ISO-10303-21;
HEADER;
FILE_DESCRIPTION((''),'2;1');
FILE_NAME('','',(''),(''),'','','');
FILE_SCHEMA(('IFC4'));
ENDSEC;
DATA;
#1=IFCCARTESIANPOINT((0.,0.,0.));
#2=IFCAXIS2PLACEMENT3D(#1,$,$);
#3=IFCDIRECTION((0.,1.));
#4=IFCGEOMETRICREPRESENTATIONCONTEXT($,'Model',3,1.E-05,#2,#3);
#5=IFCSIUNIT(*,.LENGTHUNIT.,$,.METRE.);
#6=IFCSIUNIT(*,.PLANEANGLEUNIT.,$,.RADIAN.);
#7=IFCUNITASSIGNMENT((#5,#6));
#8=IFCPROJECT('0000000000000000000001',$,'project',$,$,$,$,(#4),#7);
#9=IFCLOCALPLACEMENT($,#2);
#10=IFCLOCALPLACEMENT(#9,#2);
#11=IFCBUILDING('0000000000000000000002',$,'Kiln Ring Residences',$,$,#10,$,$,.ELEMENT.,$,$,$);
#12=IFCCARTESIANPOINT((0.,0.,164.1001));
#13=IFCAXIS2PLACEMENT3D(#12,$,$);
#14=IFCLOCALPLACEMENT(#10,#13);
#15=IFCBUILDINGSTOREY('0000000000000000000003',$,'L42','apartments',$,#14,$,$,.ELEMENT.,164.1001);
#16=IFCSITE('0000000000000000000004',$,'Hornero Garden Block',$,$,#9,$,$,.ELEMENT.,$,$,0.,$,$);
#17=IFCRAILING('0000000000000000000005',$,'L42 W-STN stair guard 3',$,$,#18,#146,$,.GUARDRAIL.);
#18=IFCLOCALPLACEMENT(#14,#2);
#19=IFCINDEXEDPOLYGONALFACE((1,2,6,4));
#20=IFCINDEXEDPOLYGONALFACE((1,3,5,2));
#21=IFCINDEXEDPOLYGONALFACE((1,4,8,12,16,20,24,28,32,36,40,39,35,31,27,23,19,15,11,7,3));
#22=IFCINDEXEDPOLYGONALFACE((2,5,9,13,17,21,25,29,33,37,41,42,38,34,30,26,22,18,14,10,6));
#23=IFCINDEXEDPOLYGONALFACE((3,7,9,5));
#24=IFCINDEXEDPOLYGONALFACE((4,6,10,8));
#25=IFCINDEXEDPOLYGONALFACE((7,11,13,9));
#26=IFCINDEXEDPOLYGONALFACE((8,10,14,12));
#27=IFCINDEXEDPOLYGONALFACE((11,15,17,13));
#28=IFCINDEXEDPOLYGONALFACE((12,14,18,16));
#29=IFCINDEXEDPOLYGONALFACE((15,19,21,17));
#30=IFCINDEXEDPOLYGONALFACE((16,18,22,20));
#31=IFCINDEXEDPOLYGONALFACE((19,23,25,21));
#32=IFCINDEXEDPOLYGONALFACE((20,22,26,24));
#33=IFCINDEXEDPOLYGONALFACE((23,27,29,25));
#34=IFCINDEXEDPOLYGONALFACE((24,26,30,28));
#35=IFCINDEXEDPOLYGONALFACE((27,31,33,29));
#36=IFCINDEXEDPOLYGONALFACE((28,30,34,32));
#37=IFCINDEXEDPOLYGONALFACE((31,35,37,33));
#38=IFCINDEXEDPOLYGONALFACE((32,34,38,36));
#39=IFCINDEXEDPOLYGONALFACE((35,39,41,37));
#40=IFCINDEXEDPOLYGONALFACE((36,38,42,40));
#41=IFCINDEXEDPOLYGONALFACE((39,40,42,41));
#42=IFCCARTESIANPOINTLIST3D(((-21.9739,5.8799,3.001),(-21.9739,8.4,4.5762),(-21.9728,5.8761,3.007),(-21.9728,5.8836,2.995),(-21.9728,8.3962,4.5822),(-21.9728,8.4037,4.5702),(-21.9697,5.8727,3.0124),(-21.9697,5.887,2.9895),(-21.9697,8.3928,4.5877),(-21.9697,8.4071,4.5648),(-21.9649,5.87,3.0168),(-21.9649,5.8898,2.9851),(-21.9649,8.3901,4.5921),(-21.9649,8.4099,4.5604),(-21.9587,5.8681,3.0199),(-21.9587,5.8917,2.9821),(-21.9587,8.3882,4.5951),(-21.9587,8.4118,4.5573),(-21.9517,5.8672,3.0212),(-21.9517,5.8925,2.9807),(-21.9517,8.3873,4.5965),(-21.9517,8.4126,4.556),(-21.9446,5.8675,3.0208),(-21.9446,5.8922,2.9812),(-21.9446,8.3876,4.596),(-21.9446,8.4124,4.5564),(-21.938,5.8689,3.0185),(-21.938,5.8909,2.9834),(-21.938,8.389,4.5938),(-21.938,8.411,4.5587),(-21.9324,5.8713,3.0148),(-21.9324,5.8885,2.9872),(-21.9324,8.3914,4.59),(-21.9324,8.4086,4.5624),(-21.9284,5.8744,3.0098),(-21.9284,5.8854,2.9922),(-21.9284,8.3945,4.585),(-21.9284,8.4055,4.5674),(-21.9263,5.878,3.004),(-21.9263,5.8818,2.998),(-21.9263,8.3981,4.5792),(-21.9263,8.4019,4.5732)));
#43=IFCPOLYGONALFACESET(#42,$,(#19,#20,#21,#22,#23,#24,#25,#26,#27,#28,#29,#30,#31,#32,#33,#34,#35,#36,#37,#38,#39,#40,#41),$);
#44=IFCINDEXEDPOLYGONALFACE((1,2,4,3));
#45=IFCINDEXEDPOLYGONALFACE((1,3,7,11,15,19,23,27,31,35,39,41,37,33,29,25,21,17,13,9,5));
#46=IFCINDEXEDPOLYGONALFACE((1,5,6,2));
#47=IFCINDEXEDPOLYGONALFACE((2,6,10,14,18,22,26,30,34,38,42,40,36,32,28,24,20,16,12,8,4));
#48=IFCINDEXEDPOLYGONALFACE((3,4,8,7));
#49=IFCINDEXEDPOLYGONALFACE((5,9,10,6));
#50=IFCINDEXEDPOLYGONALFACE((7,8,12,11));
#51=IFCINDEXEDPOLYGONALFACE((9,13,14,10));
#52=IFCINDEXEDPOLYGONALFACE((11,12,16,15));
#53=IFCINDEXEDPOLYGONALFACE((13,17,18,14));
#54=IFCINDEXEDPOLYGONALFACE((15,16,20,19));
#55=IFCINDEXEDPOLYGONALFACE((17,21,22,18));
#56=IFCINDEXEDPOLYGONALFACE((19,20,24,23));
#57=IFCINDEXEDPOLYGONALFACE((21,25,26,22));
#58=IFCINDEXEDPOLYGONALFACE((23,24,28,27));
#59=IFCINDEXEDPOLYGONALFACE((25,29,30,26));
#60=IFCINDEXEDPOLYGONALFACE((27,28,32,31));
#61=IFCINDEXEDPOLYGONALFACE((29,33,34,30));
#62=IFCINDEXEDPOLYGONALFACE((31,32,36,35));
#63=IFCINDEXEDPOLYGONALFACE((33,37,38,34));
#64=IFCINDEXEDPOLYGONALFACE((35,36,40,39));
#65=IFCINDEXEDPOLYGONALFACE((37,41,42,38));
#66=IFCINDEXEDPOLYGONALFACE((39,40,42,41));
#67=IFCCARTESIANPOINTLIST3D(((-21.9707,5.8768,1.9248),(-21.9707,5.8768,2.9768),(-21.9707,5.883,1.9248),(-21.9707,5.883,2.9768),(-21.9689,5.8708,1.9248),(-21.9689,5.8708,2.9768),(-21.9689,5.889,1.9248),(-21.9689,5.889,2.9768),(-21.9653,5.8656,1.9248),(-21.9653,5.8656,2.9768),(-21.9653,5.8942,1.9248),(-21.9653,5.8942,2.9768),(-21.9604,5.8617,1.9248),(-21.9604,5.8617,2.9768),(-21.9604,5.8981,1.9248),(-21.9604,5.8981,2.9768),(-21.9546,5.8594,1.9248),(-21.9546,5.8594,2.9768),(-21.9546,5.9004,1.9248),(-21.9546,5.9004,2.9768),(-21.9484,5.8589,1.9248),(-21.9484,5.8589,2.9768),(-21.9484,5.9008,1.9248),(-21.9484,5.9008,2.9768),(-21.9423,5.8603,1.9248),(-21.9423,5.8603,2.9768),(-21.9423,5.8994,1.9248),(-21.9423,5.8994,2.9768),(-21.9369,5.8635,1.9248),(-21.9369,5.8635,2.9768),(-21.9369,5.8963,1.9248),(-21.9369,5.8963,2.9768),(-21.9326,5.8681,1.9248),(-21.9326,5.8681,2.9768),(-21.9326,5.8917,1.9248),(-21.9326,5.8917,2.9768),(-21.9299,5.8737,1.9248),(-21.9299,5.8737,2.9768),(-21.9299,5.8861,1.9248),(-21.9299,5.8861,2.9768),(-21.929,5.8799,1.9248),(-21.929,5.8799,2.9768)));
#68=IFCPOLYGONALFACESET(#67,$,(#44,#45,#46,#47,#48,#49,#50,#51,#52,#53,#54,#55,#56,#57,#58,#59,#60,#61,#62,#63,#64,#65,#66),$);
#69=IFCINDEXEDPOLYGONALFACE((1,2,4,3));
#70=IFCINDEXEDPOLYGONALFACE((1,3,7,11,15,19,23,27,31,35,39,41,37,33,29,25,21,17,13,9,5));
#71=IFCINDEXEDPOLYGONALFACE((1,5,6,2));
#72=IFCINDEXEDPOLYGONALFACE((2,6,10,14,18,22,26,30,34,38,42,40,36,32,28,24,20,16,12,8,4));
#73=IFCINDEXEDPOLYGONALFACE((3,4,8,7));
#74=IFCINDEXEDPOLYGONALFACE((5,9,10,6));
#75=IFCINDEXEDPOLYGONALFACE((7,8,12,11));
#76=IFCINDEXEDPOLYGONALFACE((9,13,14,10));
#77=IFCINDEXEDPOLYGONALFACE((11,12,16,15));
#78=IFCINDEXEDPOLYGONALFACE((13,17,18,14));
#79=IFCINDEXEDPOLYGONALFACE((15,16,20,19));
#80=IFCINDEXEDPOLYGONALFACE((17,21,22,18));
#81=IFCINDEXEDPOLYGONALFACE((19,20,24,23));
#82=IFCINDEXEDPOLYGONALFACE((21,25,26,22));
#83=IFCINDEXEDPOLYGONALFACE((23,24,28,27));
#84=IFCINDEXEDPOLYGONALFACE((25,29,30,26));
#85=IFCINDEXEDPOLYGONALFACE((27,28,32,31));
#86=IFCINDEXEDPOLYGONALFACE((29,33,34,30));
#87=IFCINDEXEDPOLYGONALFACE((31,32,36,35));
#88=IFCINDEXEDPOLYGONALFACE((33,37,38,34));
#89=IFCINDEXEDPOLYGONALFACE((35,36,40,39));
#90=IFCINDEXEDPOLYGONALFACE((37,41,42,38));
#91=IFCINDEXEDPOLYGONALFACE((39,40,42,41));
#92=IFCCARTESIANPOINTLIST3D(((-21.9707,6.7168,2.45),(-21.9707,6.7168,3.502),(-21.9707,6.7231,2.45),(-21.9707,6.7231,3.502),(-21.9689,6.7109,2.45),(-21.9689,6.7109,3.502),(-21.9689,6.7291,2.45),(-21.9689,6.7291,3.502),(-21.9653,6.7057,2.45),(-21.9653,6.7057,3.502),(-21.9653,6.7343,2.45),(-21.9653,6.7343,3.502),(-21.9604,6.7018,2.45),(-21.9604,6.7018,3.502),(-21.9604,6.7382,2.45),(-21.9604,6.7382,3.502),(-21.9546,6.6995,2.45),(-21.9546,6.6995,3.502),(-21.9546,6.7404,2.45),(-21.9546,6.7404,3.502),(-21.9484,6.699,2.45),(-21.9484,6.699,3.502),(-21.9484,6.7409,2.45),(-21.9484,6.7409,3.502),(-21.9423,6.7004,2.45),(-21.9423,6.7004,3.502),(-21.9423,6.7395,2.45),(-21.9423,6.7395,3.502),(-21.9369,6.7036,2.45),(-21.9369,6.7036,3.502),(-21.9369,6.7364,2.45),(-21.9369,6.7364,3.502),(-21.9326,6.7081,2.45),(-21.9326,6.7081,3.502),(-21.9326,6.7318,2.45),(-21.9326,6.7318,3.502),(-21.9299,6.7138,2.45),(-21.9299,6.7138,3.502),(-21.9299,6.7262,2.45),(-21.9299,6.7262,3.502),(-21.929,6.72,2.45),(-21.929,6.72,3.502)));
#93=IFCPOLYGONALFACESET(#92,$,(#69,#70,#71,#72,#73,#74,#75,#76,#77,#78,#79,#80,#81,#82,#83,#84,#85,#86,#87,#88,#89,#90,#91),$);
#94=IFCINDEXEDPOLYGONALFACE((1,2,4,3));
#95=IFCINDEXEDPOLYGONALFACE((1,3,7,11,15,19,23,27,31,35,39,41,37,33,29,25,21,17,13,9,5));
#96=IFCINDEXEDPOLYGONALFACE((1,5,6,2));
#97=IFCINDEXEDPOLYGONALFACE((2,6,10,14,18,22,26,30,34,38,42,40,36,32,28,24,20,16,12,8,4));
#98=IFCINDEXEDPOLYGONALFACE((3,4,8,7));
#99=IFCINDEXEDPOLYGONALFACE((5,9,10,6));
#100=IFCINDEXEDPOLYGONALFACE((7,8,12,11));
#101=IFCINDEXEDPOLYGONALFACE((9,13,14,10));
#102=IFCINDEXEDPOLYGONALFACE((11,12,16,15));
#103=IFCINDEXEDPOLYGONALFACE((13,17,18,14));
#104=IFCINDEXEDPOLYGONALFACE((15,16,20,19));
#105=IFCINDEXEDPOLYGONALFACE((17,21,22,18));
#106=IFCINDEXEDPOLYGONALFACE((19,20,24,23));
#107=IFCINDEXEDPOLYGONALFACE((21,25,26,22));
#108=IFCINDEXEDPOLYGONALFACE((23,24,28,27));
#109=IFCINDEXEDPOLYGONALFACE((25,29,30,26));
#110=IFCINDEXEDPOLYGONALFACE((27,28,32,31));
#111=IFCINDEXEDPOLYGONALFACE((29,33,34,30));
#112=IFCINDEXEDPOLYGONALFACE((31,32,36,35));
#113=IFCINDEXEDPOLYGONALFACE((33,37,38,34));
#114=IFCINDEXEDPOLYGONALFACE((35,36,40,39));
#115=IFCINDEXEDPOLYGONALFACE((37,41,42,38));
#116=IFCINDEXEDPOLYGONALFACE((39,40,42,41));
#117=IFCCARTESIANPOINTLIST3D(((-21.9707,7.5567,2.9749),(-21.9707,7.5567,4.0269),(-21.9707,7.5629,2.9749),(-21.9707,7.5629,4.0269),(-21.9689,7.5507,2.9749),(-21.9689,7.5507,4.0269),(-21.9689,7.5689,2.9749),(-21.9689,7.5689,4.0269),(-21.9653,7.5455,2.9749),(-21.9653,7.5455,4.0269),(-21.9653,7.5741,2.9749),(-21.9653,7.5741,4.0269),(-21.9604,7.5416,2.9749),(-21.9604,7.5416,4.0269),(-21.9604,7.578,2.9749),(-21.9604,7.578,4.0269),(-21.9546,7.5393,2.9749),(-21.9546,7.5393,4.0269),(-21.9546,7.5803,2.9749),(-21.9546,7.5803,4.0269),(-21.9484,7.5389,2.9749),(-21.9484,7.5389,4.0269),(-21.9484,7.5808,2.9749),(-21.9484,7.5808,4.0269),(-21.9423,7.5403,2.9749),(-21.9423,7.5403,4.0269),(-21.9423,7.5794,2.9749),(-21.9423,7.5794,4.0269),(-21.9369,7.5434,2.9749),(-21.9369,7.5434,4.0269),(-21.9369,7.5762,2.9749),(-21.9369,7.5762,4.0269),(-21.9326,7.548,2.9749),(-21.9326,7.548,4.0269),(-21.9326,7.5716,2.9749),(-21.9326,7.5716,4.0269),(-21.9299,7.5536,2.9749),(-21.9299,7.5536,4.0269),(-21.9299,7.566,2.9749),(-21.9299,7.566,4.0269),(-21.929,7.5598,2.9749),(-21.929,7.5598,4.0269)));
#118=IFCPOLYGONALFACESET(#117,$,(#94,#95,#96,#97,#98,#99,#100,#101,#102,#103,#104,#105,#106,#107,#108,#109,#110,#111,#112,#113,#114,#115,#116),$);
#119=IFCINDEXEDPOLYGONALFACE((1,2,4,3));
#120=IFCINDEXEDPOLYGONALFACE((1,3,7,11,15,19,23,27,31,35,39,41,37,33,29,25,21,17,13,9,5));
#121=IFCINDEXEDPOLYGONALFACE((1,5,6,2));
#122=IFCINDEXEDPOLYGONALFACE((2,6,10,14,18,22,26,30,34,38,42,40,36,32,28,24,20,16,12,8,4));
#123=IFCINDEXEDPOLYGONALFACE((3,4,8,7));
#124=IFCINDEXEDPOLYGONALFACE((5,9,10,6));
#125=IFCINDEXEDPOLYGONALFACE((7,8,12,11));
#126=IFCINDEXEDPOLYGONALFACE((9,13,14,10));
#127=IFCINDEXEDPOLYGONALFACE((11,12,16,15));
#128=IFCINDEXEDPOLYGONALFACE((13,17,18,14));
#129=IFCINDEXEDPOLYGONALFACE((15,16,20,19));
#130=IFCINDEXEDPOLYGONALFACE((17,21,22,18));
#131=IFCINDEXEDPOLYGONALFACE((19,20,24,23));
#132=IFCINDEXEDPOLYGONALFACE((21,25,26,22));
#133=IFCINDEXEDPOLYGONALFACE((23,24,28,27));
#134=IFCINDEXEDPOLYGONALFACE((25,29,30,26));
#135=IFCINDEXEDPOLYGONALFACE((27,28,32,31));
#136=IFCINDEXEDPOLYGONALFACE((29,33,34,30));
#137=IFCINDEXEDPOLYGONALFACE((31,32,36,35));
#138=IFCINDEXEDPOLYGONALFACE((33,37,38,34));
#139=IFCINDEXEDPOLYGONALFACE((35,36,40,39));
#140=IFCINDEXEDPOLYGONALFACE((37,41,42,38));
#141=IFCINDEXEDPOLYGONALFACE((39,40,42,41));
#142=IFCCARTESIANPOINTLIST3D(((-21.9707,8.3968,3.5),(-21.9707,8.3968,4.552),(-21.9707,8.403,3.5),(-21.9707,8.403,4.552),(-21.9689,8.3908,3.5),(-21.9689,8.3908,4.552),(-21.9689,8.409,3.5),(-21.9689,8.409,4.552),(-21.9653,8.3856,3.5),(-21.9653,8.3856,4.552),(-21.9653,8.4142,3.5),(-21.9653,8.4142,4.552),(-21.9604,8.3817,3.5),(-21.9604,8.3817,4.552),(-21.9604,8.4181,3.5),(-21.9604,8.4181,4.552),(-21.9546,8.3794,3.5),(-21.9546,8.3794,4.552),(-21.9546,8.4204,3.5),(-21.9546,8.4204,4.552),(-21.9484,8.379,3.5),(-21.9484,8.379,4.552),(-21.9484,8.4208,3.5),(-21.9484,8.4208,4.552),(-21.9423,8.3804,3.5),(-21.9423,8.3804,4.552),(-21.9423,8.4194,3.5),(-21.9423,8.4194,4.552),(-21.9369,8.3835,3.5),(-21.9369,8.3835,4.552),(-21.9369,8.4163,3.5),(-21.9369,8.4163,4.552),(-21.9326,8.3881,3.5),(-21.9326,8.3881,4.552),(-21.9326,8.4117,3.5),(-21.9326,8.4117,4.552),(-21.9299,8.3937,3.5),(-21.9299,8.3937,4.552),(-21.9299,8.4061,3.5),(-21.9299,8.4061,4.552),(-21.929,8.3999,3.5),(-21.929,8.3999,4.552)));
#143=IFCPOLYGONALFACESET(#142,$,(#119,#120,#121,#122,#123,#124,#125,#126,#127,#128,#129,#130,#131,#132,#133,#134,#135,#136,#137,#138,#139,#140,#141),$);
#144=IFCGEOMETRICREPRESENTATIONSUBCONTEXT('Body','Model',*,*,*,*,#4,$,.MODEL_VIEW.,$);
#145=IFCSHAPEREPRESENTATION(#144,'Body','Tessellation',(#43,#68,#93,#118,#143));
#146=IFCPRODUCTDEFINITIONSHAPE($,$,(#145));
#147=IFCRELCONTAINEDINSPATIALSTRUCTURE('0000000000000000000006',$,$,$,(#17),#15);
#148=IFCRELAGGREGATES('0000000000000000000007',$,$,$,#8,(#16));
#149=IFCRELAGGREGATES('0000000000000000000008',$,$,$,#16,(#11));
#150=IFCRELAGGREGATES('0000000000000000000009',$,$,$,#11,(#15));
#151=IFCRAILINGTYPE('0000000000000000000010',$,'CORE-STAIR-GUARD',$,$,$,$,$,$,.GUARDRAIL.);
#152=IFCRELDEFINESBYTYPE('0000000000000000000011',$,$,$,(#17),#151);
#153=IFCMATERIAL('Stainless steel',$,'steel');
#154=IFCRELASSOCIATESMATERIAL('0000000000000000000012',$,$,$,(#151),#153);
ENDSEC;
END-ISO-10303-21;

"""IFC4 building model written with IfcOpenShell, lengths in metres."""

from ifc_helpers import new_model, si_unit, direction, frame, origin, origin_2d, place, context, subcontext, project, spatial, circle, extrude, material, type_object, element, save


model = new_model("IFC4")

# Units and contexts
model_context = context("Model", 3, precision=1e-05, world=origin(), true_north=direction((0.0, 1.0)))
body_context = subcontext(model_context, "Body", "Model", "MODEL_VIEW")
ifc_project = project(units=[si_unit("LENGTHUNIT", "METRE"), si_unit("PLANEANGLEUNIT", "RADIAN")], contexts=[model_context])

# Site, building, storey
site_placement = place(None, origin())
site = spatial("IfcSite", under=ifc_project, at=site_placement, Name="Hornero Garden Block", CompositionType="ELEMENT", RefElevation=0.0)
building_placement = place(site_placement, origin())
building = spatial("IfcBuilding", under=site, at=building_placement, Name="Kiln Ring Residences", CompositionType="ELEMENT")
storey_placement = place(building_placement, frame((0.0, 0.0, 164.1001)))
storey = spatial("IfcBuildingStorey", under=building, at=storey_placement, Name="L42", Description="apartments", CompositionType="ELEMENT", Elevation=164.1001)

# Railing
ifc_material_1 = material(Name="Stainless steel", Category="steel")
railing_type_1 = type_object("IfcRailingType", Name="CORE-STAIR-GUARD", PredefinedType="GUARDRAIL", material=ifc_material_1)
railing_1_placement = place(storey_placement, frame((-21.95, 5.8799, 1.9248)))
element("IfcRailing", 1, at=railing_1_placement, inside=storey, type_object=railing_type_1, Name="L42 W-STN stair guard 3", PredefinedType="GUARDRAIL", context=body_context, shape_type="SweptSolid", body=[
    extrude(circle(Radius=0.0239, at=origin_2d()), frame((0.0, 0.0, 1.0762), z_axis=(0.0, 0.847971, 0.530043), x_axis=(-1.0, 0.0, 0.0)), (0.0, 0.0, 1.0), 2.9719),
    extrude(circle(Radius=0.021, at=origin_2d()), origin(), (0.0, 0.0, 1.0), 1.052),
    extrude(circle(Radius=0.021, at=origin_2d()), frame((0.0, 0.8401, 0.5251)), (0.0, 0.0, 1.0), 1.052),
    extrude(circle(Radius=0.021, at=origin_2d()), frame((0.0, 1.6799, 1.05)), (0.0, 0.0, 1.0), 1.052),
    extrude(circle(Radius=0.021, at=origin_2d()), frame((0.0, 2.52, 1.5752)), (0.0, 0.0, 1.0), 1.052),
])

save(model, "model.ifc")
